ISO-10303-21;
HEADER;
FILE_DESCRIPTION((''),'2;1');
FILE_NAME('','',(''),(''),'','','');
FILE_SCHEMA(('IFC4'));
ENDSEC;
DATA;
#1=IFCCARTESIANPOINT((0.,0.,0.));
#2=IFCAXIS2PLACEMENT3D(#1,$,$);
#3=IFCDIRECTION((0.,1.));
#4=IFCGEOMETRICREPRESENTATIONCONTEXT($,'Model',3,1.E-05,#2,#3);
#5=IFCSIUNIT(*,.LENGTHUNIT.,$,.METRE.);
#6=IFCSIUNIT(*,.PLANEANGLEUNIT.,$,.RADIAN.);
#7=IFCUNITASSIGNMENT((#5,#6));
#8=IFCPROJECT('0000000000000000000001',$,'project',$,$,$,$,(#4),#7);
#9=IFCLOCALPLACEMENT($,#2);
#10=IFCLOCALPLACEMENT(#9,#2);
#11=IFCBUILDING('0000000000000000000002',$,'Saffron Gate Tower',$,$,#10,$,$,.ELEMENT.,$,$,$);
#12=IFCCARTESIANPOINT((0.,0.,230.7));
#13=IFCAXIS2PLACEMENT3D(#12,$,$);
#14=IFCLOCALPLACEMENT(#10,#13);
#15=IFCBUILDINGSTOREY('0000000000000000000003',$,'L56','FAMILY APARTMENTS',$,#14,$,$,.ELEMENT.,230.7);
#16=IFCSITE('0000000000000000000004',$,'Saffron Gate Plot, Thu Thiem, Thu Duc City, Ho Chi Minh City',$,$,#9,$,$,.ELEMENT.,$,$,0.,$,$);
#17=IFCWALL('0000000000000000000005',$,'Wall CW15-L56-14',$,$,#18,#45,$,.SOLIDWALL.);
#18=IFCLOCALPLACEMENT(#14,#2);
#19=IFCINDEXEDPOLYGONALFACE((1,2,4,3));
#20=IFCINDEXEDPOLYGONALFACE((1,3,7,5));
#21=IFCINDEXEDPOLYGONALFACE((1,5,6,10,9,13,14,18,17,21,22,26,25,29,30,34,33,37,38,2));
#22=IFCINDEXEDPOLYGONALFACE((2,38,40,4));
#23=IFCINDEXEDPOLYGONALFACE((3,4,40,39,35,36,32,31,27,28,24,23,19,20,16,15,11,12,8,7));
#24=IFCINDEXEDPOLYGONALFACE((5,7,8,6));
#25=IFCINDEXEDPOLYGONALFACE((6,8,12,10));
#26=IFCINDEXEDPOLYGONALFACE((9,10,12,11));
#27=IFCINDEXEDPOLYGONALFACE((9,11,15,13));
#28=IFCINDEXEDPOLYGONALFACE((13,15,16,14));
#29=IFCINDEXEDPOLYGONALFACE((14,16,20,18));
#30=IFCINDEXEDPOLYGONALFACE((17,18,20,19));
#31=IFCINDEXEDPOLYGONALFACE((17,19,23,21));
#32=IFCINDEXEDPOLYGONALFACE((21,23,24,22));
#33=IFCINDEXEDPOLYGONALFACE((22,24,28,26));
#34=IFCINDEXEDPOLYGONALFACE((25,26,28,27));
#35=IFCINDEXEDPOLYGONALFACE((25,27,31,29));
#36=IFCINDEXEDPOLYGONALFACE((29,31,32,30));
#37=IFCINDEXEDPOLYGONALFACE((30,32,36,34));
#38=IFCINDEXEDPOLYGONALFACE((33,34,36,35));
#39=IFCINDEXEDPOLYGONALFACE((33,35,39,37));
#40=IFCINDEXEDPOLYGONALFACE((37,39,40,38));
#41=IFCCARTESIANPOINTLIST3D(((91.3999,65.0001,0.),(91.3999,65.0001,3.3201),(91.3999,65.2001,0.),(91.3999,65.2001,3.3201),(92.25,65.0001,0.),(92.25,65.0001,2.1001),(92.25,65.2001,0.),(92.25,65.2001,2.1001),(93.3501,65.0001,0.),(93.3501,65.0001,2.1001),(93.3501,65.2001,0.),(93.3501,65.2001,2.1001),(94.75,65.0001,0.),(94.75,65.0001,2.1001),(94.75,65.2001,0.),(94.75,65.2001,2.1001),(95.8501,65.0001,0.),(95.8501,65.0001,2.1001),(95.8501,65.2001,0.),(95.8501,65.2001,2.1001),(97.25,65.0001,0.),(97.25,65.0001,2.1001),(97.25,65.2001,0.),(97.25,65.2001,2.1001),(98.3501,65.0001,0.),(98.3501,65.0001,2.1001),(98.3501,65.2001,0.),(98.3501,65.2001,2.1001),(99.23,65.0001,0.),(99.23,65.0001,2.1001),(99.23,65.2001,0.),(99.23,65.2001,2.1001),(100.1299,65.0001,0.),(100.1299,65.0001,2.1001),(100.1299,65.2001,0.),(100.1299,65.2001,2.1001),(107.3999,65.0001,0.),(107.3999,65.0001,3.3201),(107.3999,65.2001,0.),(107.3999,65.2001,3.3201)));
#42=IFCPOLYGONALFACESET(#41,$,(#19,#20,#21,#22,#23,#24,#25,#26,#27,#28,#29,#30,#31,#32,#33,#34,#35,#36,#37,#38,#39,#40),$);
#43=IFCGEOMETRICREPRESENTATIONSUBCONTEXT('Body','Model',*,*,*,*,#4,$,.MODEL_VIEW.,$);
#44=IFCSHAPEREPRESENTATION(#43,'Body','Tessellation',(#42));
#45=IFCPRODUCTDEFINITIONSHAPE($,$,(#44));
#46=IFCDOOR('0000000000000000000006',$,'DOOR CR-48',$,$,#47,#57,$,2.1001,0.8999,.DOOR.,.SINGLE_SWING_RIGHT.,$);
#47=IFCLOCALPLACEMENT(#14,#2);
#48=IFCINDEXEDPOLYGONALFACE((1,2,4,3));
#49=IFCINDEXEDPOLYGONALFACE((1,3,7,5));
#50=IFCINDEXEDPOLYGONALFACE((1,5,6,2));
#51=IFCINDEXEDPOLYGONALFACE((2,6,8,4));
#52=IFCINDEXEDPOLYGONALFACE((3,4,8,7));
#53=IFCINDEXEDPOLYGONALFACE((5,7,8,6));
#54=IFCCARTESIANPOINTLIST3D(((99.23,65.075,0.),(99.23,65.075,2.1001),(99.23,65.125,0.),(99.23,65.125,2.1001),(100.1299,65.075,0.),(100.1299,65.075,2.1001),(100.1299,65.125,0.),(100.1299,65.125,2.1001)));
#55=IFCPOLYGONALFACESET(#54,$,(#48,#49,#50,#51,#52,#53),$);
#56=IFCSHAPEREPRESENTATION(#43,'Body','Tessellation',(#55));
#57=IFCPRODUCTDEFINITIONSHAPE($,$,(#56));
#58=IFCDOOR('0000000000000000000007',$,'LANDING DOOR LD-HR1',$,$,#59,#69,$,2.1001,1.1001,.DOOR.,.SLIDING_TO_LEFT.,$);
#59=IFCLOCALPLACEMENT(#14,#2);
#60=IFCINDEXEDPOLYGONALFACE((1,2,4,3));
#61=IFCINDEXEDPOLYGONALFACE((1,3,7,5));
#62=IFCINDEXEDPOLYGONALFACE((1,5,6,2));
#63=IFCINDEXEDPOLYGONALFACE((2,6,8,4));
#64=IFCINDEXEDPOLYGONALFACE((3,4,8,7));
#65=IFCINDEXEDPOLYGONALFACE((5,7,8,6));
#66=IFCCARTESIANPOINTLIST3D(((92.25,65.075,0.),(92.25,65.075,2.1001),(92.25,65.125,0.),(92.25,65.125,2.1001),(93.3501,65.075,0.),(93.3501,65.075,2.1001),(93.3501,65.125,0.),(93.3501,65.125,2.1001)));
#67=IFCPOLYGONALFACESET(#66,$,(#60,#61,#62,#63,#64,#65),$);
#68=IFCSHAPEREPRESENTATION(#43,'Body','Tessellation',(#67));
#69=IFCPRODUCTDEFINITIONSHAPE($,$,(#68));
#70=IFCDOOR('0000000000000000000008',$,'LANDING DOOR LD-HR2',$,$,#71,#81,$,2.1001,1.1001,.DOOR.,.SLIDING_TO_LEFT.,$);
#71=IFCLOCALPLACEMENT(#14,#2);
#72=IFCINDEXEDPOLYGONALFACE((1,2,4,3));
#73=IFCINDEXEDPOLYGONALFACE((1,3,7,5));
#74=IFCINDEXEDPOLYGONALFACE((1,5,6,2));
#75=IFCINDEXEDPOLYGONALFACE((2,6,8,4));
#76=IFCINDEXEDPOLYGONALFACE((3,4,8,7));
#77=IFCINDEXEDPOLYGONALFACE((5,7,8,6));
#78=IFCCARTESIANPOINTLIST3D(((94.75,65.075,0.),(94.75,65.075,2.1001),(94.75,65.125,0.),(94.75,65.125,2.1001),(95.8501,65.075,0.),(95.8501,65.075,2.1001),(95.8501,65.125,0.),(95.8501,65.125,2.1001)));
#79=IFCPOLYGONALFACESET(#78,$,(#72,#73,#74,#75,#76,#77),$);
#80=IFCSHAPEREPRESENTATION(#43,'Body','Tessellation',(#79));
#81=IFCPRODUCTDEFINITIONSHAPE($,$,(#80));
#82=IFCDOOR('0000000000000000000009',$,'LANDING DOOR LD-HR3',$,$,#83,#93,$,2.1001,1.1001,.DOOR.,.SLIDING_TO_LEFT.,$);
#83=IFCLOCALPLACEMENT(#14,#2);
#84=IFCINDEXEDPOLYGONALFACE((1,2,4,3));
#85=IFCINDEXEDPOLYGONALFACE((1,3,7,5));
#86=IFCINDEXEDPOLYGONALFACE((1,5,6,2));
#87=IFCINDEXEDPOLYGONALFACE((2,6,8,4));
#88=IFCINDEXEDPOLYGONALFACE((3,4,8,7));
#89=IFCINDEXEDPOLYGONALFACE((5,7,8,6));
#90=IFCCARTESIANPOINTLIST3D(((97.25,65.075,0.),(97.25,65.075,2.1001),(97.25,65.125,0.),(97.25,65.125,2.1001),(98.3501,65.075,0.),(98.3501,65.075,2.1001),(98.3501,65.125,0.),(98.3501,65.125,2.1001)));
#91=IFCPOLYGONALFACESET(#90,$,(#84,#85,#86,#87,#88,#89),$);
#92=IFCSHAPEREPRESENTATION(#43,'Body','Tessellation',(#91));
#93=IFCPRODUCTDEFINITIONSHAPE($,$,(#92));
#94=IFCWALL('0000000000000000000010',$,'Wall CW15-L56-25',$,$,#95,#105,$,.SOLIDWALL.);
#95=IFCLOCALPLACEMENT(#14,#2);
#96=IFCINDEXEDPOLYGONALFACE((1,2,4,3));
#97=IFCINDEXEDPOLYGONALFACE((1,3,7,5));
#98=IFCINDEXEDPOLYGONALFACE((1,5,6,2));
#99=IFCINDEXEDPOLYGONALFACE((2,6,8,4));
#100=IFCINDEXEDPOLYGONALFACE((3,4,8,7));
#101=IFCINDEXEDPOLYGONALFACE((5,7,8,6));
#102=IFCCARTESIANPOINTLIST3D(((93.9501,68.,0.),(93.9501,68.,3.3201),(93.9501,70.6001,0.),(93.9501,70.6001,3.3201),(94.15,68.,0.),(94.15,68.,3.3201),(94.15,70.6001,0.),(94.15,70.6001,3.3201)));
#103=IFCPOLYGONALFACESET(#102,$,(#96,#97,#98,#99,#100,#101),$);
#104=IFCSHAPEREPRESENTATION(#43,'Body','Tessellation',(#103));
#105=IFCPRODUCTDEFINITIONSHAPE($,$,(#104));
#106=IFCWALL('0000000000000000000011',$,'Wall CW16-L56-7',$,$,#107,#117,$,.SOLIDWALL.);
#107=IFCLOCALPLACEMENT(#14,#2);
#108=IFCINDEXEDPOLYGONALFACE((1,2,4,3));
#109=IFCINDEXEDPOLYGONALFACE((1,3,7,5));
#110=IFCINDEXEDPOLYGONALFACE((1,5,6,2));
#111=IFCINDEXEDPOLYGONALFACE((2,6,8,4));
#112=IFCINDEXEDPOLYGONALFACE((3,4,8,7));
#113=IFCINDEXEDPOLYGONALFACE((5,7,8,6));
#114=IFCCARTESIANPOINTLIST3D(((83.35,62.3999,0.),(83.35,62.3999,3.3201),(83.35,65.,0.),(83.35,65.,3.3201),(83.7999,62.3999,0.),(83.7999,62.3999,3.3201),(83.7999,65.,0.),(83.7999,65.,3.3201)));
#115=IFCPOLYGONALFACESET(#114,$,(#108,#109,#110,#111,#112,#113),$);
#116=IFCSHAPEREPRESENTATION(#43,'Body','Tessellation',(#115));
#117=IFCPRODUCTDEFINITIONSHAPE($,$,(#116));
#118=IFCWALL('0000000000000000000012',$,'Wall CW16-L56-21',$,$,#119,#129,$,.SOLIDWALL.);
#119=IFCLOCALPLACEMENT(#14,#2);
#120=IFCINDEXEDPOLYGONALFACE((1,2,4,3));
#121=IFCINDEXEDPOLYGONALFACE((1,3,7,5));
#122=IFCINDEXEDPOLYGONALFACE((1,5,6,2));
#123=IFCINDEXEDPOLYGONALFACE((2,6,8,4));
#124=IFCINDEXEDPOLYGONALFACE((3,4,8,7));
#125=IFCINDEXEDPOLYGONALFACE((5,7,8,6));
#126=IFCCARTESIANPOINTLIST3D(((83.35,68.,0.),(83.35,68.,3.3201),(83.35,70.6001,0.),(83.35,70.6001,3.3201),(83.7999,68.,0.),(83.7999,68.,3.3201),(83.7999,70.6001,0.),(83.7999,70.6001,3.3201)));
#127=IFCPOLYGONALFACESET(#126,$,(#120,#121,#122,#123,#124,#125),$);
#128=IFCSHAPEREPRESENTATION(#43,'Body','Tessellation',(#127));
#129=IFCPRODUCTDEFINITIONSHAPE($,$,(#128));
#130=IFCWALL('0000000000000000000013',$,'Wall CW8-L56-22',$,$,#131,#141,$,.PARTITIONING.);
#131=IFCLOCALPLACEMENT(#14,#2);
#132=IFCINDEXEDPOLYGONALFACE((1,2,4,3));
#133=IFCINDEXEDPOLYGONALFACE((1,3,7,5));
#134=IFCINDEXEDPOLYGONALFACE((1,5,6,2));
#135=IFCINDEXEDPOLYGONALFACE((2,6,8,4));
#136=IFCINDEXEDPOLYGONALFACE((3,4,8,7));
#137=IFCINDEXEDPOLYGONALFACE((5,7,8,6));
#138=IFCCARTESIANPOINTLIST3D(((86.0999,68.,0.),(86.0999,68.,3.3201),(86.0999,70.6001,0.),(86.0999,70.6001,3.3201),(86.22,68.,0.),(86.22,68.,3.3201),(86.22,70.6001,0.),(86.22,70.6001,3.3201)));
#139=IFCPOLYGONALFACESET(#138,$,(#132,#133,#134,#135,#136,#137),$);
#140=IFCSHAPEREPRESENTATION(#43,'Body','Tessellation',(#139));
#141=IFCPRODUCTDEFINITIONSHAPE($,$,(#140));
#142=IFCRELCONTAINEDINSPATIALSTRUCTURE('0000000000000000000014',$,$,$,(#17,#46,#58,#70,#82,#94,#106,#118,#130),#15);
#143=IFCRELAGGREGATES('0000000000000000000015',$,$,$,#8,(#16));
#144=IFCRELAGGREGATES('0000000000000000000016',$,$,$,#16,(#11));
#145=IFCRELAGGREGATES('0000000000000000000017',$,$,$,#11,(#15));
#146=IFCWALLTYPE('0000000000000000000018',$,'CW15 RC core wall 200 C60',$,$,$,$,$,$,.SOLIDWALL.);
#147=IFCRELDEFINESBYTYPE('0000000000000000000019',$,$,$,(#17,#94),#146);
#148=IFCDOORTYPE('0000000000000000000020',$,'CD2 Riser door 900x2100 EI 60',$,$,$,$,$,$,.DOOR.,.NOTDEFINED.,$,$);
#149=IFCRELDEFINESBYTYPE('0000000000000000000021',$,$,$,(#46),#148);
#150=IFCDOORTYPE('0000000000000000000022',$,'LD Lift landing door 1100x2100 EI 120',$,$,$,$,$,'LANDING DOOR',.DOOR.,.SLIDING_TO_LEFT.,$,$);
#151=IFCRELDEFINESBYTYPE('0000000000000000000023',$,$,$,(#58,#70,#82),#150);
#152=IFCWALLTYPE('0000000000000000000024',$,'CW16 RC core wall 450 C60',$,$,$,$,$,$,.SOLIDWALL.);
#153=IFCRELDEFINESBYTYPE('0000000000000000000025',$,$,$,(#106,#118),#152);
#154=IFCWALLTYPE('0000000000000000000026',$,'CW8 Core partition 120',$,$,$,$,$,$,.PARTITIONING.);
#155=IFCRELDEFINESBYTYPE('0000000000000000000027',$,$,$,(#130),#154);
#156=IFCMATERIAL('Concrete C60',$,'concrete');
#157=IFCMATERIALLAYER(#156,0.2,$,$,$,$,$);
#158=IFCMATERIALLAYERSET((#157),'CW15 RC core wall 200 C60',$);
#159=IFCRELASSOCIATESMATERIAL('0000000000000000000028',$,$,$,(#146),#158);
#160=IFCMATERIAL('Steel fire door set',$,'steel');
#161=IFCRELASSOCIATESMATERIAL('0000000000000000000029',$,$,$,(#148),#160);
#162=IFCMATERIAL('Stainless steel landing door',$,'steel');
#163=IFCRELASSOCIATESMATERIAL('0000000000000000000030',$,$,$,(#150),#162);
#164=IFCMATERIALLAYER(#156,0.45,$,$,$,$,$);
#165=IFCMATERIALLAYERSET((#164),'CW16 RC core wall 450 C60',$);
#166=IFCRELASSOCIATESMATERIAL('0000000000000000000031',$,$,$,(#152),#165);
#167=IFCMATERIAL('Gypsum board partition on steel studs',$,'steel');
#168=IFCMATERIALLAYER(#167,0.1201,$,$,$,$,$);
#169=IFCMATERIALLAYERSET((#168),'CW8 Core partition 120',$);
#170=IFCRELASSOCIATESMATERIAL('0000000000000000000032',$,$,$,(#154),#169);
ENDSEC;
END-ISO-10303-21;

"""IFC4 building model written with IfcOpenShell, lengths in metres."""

from ifc_helpers import new_model, si_unit, direction, frame, frame_2d, origin, place, context, subcontext, project, spatial, rectangle, extrude, material, layer, layer_set, type_object, element, fill, save


model = new_model("IFC4")

# Units and contexts
model_context = context("Model", 3, precision=1e-05, world=origin(), true_north=direction((0.0, 1.0)))
body_context = subcontext(model_context, "Body", "Model", "MODEL_VIEW")
ifc_project = project(units=[si_unit("LENGTHUNIT", "METRE"), si_unit("PLANEANGLEUNIT", "RADIAN")], contexts=[model_context])

# Site, building, storey
site_placement = place(None, origin())
site = spatial("IfcSite", under=ifc_project, at=site_placement, Name="Saffron Gate Plot, Thu Thiem, Thu Duc City, Ho Chi Minh City", CompositionType="ELEMENT", RefElevation=0.0)
building_placement = place(site_placement, origin())
building = spatial("IfcBuilding", under=site, at=building_placement, Name="Saffron Gate Tower", CompositionType="ELEMENT")
storey_placement = place(building_placement, frame((0.0, 0.0, 230.7)))
storey = spatial("IfcBuildingStorey", under=building, at=storey_placement, Name="L56", Description="FAMILY APARTMENTS", CompositionType="ELEMENT", Elevation=230.7)

# Shared definitions
ifc_material_1 = material(Name="Gypsum board partition on steel studs", Category="steel")
ifc_material_2 = material(Name="Concrete C60", Category="concrete")

# Shared definitions
ifc_material_3 = material(Name="Steel fire door set", Category="steel")

# Shared definitions
ifc_layer_1 = layer(ifc_material_2, 0.2)
ifc_layer_set_1 = layer_set([ifc_layer_1], Name="CW15 RC core wall 200 C60")
wall_type_1 = type_object("IfcWallType", Name="CW15 RC core wall 200 C60", PredefinedType="SOLIDWALL", material=ifc_layer_set_1)

# Wall, openings, doors
wall_1_placement = place(storey_placement, frame((91.3999, 65.1001, 0.0), z_axis=(0.0, 0.0, 1.0), x_axis=(1.0, 0.0, 0.0)))
wall_1 = element("IfcWall", 1, at=wall_1_placement, inside=storey, type_object=wall_type_1, Name="Wall CW15-L56-14", PredefinedType="SOLIDWALL", context=body_context, shape_type="SweptSolid", body=[
    extrude(rectangle(XDim=16.0, YDim=0.2, at=frame_2d((8.0, 0.0))), origin(), (0.0, 0.0, 1.0), 3.3201),
])
opening_1_placement = place(wall_1_placement, frame((0.8501, 0.0, 0.0)))
opening_1 = element("IfcOpeningElement", 2, at=opening_1_placement, cuts=wall_1, PredefinedType="OPENING", context=body_context, shape_type="SweptSolid", body=[
    extrude(rectangle(XDim=1.1001, YDim=2.1001, at=frame_2d((0.55, 1.05))), frame((0.0, 0.1099, 0.0), z_axis=(0.0, -1.0, 0.0), x_axis=(1.0, 0.0, 0.0)), (0.0, 0.0, 1.0), 0.22),
])
opening_2_placement = place(wall_1_placement, frame((3.3501, 0.0, 0.0)))
opening_2 = element("IfcOpeningElement", 3, at=opening_2_placement, cuts=wall_1, PredefinedType="OPENING", context=body_context, shape_type="SweptSolid", body=[
    extrude(rectangle(XDim=1.1001, YDim=2.1001, at=frame_2d((0.55, 1.05))), frame((0.0, 0.1099, 0.0), z_axis=(0.0, -1.0, 0.0), x_axis=(1.0, 0.0, 0.0)), (0.0, 0.0, 1.0), 0.22),
])
opening_3_placement = place(wall_1_placement, frame((5.8501, 0.0, 0.0)))
opening_3 = element("IfcOpeningElement", 4, at=opening_3_placement, cuts=wall_1, PredefinedType="OPENING", context=body_context, shape_type="SweptSolid", body=[
    extrude(rectangle(XDim=1.1001, YDim=2.1001, at=frame_2d((0.55, 1.05))), frame((0.0, 0.1099, 0.0), z_axis=(0.0, -1.0, 0.0), x_axis=(1.0, 0.0, 0.0)), (0.0, 0.0, 1.0), 0.22),
])
opening_4_placement = place(wall_1_placement, frame((7.8301, 0.0, 0.0)))
opening_4 = element("IfcOpeningElement", 5, at=opening_4_placement, cuts=wall_1, PredefinedType="OPENING", context=body_context, shape_type="SweptSolid", body=[
    extrude(rectangle(XDim=0.8999, YDim=2.1001, at=frame_2d((0.45, 1.05))), frame((0.0, 0.1099, 0.0), z_axis=(0.0, -1.0, 0.0), x_axis=(1.0, 0.0, 0.0)), (0.0, 0.0, 1.0), 0.22),
])
door_type_1 = type_object("IfcDoorType", Name="CD2 Riser door 900x2100 EI 60", OperationType="NOTDEFINED", PredefinedType="DOOR", material=ifc_material_3)
door_1_placement = place(opening_4_placement, origin())
door_1 = element("IfcDoor", 6, at=door_1_placement, inside=storey, type_object=door_type_1, Name="DOOR CR-48", OperationType="SINGLE_SWING_RIGHT", OverallHeight=2.1001, OverallWidth=0.8999, PredefinedType="DOOR", context=body_context, shape_type="SweptSolid", body=[
    extrude(rectangle(XDim=0.8999, YDim=2.1001, at=frame_2d((0.45, 1.05))), frame((0.0, 0.0249, 0.0), z_axis=(0.0, -1.0, 0.0), x_axis=(1.0, 0.0, 0.0)), (0.0, 0.0, 1.0), 0.05),
])
fill(opening_4, door_1)
ifc_material_4 = material(Name="Stainless steel landing door", Category="steel")
door_type_2 = type_object("IfcDoorType", Name="LD Lift landing door 1100x2100 EI 120", ElementType="LANDING DOOR", OperationType="SLIDING_TO_LEFT", PredefinedType="DOOR", material=ifc_material_4)
door_2_placement = place(opening_1_placement, origin())
door_2 = element("IfcDoor", 7, at=door_2_placement, inside=storey, type_object=door_type_2, Name="LANDING DOOR LD-HR1", OperationType="SLIDING_TO_LEFT", OverallHeight=2.1001, OverallWidth=1.1001, PredefinedType="DOOR", context=body_context, shape_type="SweptSolid", body=[
    extrude(rectangle(XDim=1.1001, YDim=2.1001, at=frame_2d((0.55, 1.05))), frame((0.0, 0.0249, 0.0), z_axis=(0.0, -1.0, 0.0), x_axis=(1.0, 0.0, 0.0)), (0.0, 0.0, 1.0), 0.05),
])
fill(opening_1, door_2)
door_3_placement = place(opening_2_placement, origin())
door_3 = element("IfcDoor", 8, at=door_3_placement, inside=storey, type_object=door_type_2, Name="LANDING DOOR LD-HR2", OperationType="SLIDING_TO_LEFT", OverallHeight=2.1001, OverallWidth=1.1001, PredefinedType="DOOR", context=body_context, shape_type="SweptSolid", body=[
    extrude(rectangle(XDim=1.1001, YDim=2.1001, at=frame_2d((0.55, 1.05))), frame((0.0, 0.0249, 0.0), z_axis=(0.0, -1.0, 0.0), x_axis=(1.0, 0.0, 0.0)), (0.0, 0.0, 1.0), 0.05),
])
fill(opening_2, door_3)
door_4_placement = place(opening_3_placement, origin())
door_4 = element("IfcDoor", 9, at=door_4_placement, inside=storey, type_object=door_type_2, Name="LANDING DOOR LD-HR3", OperationType="SLIDING_TO_LEFT", OverallHeight=2.1001, OverallWidth=1.1001, PredefinedType="DOOR", context=body_context, shape_type="SweptSolid", body=[
    extrude(rectangle(XDim=1.1001, YDim=2.1001, at=frame_2d((0.55, 1.05))), frame((0.0, 0.0249, 0.0), z_axis=(0.0, -1.0, 0.0), x_axis=(1.0, 0.0, 0.0)), (0.0, 0.0, 1.0), 0.05),
])
fill(opening_3, door_4)

# Walls
wall_2_placement = place(storey_placement, frame((94.05, 68.0, 0.0), z_axis=(0.0, 0.0, 1.0), x_axis=(0.0, 1.0, 0.0)))
element("IfcWall", 10, at=wall_2_placement, inside=storey, type_object=wall_type_1, Name="Wall CW15-L56-25", PredefinedType="SOLIDWALL", context=body_context, shape_type="SweptSolid", body=[
    extrude(rectangle(XDim=2.6001, YDim=0.2, at=frame_2d((1.3, 0.0))), origin(), (0.0, 0.0, 1.0), 3.3201),
])
ifc_layer_2 = layer(ifc_material_2, 0.45)
ifc_layer_set_2 = layer_set([ifc_layer_2], Name="CW16 RC core wall 450 C60")
wall_type_2 = type_object("IfcWallType", Name="CW16 RC core wall 450 C60", PredefinedType="SOLIDWALL", material=ifc_layer_set_2)
for number, where, z_axis, x_axis, name in (
    (11, (83.575, 62.3999, 0.0), (0.0, 0.0, 1.0), (0.0, 1.0, 0.0), "Wall CW16-L56-7"),
    (12, (83.575, 68.0, 0.0), (0.0, 0.0, 1.0), (0.0, 1.0, 0.0), "Wall CW16-L56-21"),
):
    element("IfcWall", number, at=place(storey_placement, frame(where, z_axis=z_axis, x_axis=x_axis)), inside=storey, type_object=wall_type_2, Name=name, PredefinedType="SOLIDWALL", context=body_context, shape_type="SweptSolid", body=[
        extrude(rectangle(XDim=2.6001, YDim=0.45, at=frame_2d((1.3, 0.0))), origin(), (0.0, 0.0, 1.0), 3.3201),
    ])
ifc_layer_3 = layer(ifc_material_1, 0.1201)
ifc_layer_set_3 = layer_set([ifc_layer_3], Name="CW8 Core partition 120")
wall_type_3 = type_object("IfcWallType", Name="CW8 Core partition 120", PredefinedType="PARTITIONING", material=ifc_layer_set_3)
wall_3_placement = place(storey_placement, frame((86.1599, 68.0, 0.0), z_axis=(0.0, 0.0, 1.0), x_axis=(0.0, 1.0, 0.0)))
element("IfcWall", 13, at=wall_3_placement, inside=storey, type_object=wall_type_3, Name="Wall CW8-L56-22", PredefinedType="PARTITIONING", context=body_context, shape_type="SweptSolid", body=[
    extrude(rectangle(XDim=2.6001, YDim=0.1201, at=frame_2d((1.3, 0.0))), origin(), (0.0, 0.0, 1.0), 3.3201),
])

save(model, "model.ifc")
